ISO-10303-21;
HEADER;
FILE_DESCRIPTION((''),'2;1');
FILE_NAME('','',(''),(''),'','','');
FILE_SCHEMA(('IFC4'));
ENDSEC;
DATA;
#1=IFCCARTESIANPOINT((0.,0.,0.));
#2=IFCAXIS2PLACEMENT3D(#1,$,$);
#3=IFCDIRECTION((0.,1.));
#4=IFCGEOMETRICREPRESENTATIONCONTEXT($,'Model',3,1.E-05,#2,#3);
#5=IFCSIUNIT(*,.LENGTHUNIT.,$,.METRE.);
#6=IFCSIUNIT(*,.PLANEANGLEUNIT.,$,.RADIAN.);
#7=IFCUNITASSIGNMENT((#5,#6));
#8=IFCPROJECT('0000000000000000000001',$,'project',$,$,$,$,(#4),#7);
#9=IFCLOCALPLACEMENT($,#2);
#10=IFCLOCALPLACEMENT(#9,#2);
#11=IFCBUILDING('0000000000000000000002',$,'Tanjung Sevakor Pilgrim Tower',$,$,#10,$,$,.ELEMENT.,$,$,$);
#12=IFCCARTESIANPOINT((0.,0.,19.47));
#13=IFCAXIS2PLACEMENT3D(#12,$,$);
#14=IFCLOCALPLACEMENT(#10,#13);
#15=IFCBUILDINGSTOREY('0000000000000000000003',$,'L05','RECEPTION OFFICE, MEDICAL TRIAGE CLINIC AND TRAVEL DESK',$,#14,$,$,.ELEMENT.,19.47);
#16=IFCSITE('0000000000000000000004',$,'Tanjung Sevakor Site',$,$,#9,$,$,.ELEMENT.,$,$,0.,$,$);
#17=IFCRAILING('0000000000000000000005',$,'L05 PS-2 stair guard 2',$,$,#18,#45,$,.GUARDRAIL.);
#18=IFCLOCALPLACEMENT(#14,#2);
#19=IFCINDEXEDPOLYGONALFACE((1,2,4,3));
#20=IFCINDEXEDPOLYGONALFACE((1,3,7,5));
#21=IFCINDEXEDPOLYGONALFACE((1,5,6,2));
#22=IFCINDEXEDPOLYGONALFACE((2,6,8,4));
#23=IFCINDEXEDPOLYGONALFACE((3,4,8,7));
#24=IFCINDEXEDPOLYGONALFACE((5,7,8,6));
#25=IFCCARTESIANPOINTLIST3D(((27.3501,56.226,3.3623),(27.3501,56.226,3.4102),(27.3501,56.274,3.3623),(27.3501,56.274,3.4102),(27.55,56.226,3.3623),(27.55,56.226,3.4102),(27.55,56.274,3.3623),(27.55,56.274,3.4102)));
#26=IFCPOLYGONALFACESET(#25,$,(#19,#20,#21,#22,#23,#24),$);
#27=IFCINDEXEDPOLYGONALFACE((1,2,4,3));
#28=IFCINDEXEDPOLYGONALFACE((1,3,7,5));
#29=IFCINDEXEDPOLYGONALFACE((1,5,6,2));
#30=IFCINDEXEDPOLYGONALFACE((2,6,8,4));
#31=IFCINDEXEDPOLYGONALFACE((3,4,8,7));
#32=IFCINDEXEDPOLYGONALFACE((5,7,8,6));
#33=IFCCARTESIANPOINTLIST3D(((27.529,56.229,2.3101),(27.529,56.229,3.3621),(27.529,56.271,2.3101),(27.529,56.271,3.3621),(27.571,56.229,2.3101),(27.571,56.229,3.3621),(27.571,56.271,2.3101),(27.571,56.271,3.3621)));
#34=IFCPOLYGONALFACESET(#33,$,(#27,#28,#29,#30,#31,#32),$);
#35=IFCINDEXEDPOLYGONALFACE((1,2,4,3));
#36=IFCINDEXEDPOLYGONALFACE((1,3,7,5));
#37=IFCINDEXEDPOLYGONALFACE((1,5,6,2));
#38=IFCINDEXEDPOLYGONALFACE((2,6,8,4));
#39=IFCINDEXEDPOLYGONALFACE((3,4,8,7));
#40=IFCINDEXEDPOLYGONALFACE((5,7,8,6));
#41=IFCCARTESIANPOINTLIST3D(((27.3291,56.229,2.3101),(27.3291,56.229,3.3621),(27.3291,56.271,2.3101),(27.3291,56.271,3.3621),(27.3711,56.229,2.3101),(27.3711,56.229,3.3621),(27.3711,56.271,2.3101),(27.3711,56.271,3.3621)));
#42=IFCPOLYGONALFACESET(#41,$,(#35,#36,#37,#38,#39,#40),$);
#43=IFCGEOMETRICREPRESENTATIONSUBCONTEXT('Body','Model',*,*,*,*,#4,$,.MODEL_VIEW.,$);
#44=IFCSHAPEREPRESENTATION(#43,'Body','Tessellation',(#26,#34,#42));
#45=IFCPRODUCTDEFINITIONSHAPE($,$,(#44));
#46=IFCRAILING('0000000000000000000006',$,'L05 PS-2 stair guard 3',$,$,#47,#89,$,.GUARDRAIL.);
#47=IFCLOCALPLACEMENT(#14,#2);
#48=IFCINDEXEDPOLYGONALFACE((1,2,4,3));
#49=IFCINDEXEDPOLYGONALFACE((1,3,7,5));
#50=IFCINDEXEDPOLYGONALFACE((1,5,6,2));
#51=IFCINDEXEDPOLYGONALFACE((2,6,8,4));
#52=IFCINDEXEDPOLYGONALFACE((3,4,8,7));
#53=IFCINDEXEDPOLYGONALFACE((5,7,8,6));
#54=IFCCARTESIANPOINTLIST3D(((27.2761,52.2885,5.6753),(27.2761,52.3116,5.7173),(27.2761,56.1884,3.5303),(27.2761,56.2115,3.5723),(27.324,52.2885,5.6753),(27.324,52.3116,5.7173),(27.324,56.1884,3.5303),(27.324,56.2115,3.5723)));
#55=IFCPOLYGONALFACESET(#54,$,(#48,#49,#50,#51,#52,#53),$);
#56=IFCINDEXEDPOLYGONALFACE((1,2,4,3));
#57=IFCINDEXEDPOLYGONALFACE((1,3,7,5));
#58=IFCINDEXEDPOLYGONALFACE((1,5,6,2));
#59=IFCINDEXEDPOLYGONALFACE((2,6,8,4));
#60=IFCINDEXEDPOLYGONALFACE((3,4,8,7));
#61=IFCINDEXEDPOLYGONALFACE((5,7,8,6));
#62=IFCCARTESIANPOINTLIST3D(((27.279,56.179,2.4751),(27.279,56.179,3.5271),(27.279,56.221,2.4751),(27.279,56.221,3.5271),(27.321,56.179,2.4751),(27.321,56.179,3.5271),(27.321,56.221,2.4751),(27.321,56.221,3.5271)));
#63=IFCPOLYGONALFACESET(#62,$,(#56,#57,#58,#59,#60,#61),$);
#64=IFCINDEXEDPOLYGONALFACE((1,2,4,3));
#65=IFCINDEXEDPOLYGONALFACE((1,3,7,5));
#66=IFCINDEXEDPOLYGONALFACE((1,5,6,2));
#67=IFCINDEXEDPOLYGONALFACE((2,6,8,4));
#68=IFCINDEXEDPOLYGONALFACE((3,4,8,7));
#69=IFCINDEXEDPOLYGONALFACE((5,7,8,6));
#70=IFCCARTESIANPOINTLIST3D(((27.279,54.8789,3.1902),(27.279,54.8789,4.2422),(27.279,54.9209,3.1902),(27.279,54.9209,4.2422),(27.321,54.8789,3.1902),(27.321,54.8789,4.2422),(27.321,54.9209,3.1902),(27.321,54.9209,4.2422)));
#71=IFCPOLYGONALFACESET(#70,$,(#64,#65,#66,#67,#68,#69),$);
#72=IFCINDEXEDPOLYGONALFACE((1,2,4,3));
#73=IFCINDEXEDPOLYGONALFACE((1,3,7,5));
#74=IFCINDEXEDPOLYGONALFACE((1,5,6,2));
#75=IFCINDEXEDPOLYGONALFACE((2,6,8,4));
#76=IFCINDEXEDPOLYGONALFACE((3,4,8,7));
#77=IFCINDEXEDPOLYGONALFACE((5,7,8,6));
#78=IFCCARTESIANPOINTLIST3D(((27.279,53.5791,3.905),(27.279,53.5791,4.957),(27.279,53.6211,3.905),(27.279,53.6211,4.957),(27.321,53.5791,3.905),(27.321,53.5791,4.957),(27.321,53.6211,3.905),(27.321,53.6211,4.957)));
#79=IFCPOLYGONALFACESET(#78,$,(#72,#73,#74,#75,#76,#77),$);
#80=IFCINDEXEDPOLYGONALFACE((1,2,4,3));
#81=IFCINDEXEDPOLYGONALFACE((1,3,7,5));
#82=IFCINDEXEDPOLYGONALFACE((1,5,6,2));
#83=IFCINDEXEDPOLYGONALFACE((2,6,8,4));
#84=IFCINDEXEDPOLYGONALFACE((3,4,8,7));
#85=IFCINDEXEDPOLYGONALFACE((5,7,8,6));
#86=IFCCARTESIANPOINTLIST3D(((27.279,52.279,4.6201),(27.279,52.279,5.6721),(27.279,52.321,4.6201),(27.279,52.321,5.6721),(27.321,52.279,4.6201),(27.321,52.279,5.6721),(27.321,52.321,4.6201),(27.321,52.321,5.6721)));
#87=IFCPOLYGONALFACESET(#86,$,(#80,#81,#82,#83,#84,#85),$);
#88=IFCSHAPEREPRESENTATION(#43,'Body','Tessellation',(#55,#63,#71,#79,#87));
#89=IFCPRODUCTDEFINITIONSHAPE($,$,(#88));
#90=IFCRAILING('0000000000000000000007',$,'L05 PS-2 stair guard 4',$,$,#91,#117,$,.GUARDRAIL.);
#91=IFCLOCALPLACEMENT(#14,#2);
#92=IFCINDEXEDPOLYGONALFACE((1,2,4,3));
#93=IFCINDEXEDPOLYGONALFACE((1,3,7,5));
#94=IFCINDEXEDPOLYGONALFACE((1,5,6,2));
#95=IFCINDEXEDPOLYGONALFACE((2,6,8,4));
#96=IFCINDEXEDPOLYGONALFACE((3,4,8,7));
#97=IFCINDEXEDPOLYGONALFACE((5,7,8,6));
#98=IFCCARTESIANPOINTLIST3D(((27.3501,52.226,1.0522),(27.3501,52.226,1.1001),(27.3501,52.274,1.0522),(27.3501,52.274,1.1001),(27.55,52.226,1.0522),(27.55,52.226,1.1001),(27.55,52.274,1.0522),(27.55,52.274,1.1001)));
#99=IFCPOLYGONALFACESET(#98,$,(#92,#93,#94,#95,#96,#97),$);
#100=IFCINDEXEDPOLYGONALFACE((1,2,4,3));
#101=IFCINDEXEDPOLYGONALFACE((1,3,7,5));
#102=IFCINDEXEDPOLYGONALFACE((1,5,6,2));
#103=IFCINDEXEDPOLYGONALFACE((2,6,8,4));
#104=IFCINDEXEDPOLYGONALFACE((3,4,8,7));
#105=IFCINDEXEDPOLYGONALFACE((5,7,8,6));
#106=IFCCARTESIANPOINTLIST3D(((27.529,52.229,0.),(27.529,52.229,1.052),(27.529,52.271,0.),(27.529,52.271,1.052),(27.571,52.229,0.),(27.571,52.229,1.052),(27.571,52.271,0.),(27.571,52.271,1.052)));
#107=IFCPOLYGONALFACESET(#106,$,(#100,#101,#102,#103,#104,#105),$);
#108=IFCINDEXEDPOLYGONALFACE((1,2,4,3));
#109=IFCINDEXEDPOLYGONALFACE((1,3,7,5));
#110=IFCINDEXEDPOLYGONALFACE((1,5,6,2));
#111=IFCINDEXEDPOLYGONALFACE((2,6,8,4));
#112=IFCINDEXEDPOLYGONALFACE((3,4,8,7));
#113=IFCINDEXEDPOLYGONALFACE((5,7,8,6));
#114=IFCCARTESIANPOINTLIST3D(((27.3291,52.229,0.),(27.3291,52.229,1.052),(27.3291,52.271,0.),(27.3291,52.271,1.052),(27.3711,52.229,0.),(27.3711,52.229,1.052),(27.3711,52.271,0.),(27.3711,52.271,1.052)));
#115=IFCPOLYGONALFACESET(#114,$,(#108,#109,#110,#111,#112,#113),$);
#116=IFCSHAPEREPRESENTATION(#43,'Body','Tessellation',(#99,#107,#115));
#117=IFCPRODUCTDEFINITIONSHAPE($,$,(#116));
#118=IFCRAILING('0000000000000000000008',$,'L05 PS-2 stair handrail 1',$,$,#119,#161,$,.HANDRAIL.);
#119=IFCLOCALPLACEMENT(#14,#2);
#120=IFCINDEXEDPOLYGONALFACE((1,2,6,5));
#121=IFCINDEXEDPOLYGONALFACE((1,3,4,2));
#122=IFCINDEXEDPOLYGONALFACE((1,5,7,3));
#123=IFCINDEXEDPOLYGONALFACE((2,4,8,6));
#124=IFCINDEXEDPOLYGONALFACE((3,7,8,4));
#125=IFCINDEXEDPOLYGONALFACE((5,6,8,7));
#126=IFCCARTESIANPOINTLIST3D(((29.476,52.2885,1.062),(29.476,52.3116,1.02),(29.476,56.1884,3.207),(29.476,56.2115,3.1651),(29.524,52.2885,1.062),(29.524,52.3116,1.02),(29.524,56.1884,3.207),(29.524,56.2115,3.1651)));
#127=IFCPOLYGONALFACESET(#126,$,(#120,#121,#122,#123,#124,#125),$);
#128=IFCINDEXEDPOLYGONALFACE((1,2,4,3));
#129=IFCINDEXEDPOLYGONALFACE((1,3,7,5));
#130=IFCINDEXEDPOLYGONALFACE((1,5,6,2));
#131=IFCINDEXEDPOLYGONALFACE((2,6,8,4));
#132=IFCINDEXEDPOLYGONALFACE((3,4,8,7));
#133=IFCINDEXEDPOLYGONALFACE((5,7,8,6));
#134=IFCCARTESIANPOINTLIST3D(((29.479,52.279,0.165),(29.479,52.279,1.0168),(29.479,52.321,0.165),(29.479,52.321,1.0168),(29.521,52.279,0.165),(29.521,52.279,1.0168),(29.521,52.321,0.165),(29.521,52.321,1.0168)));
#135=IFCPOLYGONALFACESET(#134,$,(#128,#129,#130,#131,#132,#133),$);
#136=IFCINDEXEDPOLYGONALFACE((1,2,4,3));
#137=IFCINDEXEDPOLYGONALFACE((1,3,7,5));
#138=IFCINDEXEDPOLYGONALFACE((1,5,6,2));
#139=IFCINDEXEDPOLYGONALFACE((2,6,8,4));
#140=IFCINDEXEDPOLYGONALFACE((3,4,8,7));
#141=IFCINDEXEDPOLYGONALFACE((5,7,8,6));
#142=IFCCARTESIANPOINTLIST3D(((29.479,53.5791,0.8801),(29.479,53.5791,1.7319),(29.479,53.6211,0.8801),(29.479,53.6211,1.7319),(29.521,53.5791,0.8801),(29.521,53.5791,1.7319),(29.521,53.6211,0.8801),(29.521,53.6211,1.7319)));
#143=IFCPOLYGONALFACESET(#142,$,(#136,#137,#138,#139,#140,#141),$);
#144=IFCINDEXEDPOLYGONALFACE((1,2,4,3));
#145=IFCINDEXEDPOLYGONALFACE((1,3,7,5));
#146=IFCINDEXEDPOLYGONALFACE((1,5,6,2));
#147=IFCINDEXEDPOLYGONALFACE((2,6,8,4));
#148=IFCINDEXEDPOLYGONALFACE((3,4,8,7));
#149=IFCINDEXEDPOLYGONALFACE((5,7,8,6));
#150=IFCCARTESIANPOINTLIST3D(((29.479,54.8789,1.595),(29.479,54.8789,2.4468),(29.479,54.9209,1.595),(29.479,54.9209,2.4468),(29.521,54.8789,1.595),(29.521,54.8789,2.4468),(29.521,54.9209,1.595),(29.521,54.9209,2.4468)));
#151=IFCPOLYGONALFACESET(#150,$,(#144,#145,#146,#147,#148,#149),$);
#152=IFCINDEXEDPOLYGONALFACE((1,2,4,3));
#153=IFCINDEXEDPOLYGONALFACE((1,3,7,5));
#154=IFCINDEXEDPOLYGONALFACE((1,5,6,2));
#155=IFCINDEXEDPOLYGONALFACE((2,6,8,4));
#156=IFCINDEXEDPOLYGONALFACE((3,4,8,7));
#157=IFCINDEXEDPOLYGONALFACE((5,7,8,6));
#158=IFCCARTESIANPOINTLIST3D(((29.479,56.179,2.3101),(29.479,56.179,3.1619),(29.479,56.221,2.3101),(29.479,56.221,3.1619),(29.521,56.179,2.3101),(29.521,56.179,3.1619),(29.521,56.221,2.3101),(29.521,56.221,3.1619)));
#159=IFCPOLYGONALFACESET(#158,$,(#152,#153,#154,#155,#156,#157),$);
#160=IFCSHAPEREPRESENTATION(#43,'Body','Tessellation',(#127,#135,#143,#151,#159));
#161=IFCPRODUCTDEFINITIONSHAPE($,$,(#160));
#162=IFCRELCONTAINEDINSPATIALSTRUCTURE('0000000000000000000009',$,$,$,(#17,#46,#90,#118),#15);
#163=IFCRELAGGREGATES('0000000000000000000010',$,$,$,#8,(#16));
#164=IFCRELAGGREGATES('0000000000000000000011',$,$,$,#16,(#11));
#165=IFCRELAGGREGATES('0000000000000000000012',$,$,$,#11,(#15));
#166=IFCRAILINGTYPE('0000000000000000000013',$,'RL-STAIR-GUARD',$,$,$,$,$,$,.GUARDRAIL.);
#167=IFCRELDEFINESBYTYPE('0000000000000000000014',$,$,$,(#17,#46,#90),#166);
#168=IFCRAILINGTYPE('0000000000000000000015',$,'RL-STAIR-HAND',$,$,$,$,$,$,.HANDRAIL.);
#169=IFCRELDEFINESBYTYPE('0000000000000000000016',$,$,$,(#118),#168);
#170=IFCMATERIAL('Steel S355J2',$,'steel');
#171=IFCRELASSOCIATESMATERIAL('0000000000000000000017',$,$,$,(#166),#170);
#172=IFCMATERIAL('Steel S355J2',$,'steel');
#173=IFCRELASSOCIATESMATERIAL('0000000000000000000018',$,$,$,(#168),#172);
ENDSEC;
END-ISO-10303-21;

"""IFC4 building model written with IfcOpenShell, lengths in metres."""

from ifc_helpers import new_model, si_unit, direction, frame, origin, place, context, subcontext, project, spatial, rectangle, extrude, material, type_object, element, save


model = new_model("IFC4")

# Units and contexts
model_context = context("Model", 3, precision=1e-05, world=origin(), true_north=direction((0.0, 1.0)))
body_context = subcontext(model_context, "Body", "Model", "MODEL_VIEW")
ifc_project = project(units=[si_unit("LENGTHUNIT", "METRE"), si_unit("PLANEANGLEUNIT", "RADIAN")], contexts=[model_context])

# Site, building, storey
site_placement = place(None, origin())
site = spatial("IfcSite", under=ifc_project, at=site_placement, Name="Tanjung Sevakor Site", CompositionType="ELEMENT", RefElevation=0.0)
building_placement = place(site_placement, origin())
building = spatial("IfcBuilding", under=site, at=building_placement, Name="Tanjung Sevakor Pilgrim Tower", CompositionType="ELEMENT")
storey_placement = place(building_placement, frame((0.0, 0.0, 19.47)))
storey = spatial("IfcBuildingStorey", under=building, at=storey_placement, Name="L05", Description="RECEPTION OFFICE, MEDICAL TRIAGE CLINIC AND TRAVEL DESK", CompositionType="ELEMENT", Elevation=19.47)

# Railings
ifc_material_1 = material(Name="Steel S355J2", Category="steel")
railing_type_1 = type_object("IfcRailingType", Name="RL-STAIR-GUARD", PredefinedType="GUARDRAIL", material=ifc_material_1)
railing_1_placement = place(storey_placement, frame((27.55, 56.25, 2.3101)))
element("IfcRailing", 1, at=railing_1_placement, inside=storey, type_object=railing_type_1, Name="L05 PS-2 stair guard 2", PredefinedType="GUARDRAIL", context=body_context, shape_type="SweptSolid", body=[
    extrude(rectangle(XDim=0.0479, YDim=0.0479), frame((0.0, 0.0, 1.0762), z_axis=(-1.0, 0.0, 0.0), x_axis=(0.0, -1.0, 0.0)), (0.0, 0.0, 1.0), 0.2),
    extrude(rectangle(XDim=0.042, YDim=0.042), origin(), (0.0, 0.0, 1.0), 1.052),
    extrude(rectangle(XDim=0.042, YDim=0.042), frame((-0.2, 0.0, 0.0)), (0.0, 0.0, 1.0), 1.052),
])
railing_2_placement = place(storey_placement, frame((27.3, 56.2, 2.4751)))
element("IfcRailing", 2, at=railing_2_placement, inside=storey, type_object=railing_type_1, Name="L05 PS-2 stair guard 3", PredefinedType="GUARDRAIL", context=body_context, shape_type="SweptSolid", body=[
    extrude(rectangle(XDim=0.0479, YDim=0.0479), frame((0.0, 0.0, 1.0762), z_axis=(0.0, -0.876209, 0.481931), x_axis=(1.0, 0.0, 0.0)), (0.0, 0.0, 1.0), 4.4509),
    extrude(rectangle(XDim=0.042, YDim=0.042), origin(), (0.0, 0.0, 1.0), 1.052),
    extrude(rectangle(XDim=0.042, YDim=0.042), frame((0.0, -1.3, 0.7151)), (0.0, 0.0, 1.0), 1.052),
    extrude(rectangle(XDim=0.042, YDim=0.042), frame((0.0, -2.5999, 1.4299)), (0.0, 0.0, 1.0), 1.052),
    extrude(rectangle(XDim=0.042, YDim=0.042), frame((0.0, -3.8999, 2.145)), (0.0, 0.0, 1.0), 1.052),
])
railing_3_placement = place(storey_placement, frame((27.55, 52.25, 0.0)))
element("IfcRailing", 3, at=railing_3_placement, inside=storey, type_object=railing_type_1, Name="L05 PS-2 stair guard 4", PredefinedType="GUARDRAIL", context=body_context, shape_type="SweptSolid", body=[
    extrude(rectangle(XDim=0.0479, YDim=0.0479), frame((0.0, 0.0, 1.0762), z_axis=(-1.0, 0.0, 0.0), x_axis=(0.0, -1.0, 0.0)), (0.0, 0.0, 1.0), 0.2),
    extrude(rectangle(XDim=0.042, YDim=0.042), origin(), (0.0, 0.0, 1.0), 1.052),
    extrude(rectangle(XDim=0.042, YDim=0.042), frame((-0.2, 0.0, 0.0)), (0.0, 0.0, 1.0), 1.052),
])
ifc_material_2 = material(Name="Steel S355J2", Category="steel")
railing_type_2 = type_object("IfcRailingType", Name="RL-STAIR-HAND", PredefinedType="HANDRAIL", material=ifc_material_2)
railing_4_placement = place(storey_placement, frame((29.5, 52.3, 0.165)))
element("IfcRailing", 4, at=railing_4_placement, inside=storey, type_object=railing_type_2, Name="L05 PS-2 stair handrail 1", PredefinedType="HANDRAIL", context=body_context, shape_type="SweptSolid", body=[
    extrude(rectangle(XDim=0.0479, YDim=0.0479), frame((0.0, 0.0, 0.876), z_axis=(0.0, 0.876209, 0.481931), x_axis=(-1.0, 0.0, 0.0)), (0.0, 0.0, 1.0), 4.4509),
    extrude(rectangle(XDim=0.042, YDim=0.042), origin(), (0.0, 0.0, 1.0), 0.8518),
    extrude(rectangle(XDim=0.042, YDim=0.042), frame((0.0, 1.3, 0.7151)), (0.0, 0.0, 1.0), 0.8518),
    extrude(rectangle(XDim=0.042, YDim=0.042), frame((0.0, 2.5999, 1.4299)), (0.0, 0.0, 1.0), 0.8518),
    extrude(rectangle(XDim=0.042, YDim=0.042), frame((0.0, 3.8999, 2.145)), (0.0, 0.0, 1.0), 0.8518),
])

save(model, "model.ifc")
